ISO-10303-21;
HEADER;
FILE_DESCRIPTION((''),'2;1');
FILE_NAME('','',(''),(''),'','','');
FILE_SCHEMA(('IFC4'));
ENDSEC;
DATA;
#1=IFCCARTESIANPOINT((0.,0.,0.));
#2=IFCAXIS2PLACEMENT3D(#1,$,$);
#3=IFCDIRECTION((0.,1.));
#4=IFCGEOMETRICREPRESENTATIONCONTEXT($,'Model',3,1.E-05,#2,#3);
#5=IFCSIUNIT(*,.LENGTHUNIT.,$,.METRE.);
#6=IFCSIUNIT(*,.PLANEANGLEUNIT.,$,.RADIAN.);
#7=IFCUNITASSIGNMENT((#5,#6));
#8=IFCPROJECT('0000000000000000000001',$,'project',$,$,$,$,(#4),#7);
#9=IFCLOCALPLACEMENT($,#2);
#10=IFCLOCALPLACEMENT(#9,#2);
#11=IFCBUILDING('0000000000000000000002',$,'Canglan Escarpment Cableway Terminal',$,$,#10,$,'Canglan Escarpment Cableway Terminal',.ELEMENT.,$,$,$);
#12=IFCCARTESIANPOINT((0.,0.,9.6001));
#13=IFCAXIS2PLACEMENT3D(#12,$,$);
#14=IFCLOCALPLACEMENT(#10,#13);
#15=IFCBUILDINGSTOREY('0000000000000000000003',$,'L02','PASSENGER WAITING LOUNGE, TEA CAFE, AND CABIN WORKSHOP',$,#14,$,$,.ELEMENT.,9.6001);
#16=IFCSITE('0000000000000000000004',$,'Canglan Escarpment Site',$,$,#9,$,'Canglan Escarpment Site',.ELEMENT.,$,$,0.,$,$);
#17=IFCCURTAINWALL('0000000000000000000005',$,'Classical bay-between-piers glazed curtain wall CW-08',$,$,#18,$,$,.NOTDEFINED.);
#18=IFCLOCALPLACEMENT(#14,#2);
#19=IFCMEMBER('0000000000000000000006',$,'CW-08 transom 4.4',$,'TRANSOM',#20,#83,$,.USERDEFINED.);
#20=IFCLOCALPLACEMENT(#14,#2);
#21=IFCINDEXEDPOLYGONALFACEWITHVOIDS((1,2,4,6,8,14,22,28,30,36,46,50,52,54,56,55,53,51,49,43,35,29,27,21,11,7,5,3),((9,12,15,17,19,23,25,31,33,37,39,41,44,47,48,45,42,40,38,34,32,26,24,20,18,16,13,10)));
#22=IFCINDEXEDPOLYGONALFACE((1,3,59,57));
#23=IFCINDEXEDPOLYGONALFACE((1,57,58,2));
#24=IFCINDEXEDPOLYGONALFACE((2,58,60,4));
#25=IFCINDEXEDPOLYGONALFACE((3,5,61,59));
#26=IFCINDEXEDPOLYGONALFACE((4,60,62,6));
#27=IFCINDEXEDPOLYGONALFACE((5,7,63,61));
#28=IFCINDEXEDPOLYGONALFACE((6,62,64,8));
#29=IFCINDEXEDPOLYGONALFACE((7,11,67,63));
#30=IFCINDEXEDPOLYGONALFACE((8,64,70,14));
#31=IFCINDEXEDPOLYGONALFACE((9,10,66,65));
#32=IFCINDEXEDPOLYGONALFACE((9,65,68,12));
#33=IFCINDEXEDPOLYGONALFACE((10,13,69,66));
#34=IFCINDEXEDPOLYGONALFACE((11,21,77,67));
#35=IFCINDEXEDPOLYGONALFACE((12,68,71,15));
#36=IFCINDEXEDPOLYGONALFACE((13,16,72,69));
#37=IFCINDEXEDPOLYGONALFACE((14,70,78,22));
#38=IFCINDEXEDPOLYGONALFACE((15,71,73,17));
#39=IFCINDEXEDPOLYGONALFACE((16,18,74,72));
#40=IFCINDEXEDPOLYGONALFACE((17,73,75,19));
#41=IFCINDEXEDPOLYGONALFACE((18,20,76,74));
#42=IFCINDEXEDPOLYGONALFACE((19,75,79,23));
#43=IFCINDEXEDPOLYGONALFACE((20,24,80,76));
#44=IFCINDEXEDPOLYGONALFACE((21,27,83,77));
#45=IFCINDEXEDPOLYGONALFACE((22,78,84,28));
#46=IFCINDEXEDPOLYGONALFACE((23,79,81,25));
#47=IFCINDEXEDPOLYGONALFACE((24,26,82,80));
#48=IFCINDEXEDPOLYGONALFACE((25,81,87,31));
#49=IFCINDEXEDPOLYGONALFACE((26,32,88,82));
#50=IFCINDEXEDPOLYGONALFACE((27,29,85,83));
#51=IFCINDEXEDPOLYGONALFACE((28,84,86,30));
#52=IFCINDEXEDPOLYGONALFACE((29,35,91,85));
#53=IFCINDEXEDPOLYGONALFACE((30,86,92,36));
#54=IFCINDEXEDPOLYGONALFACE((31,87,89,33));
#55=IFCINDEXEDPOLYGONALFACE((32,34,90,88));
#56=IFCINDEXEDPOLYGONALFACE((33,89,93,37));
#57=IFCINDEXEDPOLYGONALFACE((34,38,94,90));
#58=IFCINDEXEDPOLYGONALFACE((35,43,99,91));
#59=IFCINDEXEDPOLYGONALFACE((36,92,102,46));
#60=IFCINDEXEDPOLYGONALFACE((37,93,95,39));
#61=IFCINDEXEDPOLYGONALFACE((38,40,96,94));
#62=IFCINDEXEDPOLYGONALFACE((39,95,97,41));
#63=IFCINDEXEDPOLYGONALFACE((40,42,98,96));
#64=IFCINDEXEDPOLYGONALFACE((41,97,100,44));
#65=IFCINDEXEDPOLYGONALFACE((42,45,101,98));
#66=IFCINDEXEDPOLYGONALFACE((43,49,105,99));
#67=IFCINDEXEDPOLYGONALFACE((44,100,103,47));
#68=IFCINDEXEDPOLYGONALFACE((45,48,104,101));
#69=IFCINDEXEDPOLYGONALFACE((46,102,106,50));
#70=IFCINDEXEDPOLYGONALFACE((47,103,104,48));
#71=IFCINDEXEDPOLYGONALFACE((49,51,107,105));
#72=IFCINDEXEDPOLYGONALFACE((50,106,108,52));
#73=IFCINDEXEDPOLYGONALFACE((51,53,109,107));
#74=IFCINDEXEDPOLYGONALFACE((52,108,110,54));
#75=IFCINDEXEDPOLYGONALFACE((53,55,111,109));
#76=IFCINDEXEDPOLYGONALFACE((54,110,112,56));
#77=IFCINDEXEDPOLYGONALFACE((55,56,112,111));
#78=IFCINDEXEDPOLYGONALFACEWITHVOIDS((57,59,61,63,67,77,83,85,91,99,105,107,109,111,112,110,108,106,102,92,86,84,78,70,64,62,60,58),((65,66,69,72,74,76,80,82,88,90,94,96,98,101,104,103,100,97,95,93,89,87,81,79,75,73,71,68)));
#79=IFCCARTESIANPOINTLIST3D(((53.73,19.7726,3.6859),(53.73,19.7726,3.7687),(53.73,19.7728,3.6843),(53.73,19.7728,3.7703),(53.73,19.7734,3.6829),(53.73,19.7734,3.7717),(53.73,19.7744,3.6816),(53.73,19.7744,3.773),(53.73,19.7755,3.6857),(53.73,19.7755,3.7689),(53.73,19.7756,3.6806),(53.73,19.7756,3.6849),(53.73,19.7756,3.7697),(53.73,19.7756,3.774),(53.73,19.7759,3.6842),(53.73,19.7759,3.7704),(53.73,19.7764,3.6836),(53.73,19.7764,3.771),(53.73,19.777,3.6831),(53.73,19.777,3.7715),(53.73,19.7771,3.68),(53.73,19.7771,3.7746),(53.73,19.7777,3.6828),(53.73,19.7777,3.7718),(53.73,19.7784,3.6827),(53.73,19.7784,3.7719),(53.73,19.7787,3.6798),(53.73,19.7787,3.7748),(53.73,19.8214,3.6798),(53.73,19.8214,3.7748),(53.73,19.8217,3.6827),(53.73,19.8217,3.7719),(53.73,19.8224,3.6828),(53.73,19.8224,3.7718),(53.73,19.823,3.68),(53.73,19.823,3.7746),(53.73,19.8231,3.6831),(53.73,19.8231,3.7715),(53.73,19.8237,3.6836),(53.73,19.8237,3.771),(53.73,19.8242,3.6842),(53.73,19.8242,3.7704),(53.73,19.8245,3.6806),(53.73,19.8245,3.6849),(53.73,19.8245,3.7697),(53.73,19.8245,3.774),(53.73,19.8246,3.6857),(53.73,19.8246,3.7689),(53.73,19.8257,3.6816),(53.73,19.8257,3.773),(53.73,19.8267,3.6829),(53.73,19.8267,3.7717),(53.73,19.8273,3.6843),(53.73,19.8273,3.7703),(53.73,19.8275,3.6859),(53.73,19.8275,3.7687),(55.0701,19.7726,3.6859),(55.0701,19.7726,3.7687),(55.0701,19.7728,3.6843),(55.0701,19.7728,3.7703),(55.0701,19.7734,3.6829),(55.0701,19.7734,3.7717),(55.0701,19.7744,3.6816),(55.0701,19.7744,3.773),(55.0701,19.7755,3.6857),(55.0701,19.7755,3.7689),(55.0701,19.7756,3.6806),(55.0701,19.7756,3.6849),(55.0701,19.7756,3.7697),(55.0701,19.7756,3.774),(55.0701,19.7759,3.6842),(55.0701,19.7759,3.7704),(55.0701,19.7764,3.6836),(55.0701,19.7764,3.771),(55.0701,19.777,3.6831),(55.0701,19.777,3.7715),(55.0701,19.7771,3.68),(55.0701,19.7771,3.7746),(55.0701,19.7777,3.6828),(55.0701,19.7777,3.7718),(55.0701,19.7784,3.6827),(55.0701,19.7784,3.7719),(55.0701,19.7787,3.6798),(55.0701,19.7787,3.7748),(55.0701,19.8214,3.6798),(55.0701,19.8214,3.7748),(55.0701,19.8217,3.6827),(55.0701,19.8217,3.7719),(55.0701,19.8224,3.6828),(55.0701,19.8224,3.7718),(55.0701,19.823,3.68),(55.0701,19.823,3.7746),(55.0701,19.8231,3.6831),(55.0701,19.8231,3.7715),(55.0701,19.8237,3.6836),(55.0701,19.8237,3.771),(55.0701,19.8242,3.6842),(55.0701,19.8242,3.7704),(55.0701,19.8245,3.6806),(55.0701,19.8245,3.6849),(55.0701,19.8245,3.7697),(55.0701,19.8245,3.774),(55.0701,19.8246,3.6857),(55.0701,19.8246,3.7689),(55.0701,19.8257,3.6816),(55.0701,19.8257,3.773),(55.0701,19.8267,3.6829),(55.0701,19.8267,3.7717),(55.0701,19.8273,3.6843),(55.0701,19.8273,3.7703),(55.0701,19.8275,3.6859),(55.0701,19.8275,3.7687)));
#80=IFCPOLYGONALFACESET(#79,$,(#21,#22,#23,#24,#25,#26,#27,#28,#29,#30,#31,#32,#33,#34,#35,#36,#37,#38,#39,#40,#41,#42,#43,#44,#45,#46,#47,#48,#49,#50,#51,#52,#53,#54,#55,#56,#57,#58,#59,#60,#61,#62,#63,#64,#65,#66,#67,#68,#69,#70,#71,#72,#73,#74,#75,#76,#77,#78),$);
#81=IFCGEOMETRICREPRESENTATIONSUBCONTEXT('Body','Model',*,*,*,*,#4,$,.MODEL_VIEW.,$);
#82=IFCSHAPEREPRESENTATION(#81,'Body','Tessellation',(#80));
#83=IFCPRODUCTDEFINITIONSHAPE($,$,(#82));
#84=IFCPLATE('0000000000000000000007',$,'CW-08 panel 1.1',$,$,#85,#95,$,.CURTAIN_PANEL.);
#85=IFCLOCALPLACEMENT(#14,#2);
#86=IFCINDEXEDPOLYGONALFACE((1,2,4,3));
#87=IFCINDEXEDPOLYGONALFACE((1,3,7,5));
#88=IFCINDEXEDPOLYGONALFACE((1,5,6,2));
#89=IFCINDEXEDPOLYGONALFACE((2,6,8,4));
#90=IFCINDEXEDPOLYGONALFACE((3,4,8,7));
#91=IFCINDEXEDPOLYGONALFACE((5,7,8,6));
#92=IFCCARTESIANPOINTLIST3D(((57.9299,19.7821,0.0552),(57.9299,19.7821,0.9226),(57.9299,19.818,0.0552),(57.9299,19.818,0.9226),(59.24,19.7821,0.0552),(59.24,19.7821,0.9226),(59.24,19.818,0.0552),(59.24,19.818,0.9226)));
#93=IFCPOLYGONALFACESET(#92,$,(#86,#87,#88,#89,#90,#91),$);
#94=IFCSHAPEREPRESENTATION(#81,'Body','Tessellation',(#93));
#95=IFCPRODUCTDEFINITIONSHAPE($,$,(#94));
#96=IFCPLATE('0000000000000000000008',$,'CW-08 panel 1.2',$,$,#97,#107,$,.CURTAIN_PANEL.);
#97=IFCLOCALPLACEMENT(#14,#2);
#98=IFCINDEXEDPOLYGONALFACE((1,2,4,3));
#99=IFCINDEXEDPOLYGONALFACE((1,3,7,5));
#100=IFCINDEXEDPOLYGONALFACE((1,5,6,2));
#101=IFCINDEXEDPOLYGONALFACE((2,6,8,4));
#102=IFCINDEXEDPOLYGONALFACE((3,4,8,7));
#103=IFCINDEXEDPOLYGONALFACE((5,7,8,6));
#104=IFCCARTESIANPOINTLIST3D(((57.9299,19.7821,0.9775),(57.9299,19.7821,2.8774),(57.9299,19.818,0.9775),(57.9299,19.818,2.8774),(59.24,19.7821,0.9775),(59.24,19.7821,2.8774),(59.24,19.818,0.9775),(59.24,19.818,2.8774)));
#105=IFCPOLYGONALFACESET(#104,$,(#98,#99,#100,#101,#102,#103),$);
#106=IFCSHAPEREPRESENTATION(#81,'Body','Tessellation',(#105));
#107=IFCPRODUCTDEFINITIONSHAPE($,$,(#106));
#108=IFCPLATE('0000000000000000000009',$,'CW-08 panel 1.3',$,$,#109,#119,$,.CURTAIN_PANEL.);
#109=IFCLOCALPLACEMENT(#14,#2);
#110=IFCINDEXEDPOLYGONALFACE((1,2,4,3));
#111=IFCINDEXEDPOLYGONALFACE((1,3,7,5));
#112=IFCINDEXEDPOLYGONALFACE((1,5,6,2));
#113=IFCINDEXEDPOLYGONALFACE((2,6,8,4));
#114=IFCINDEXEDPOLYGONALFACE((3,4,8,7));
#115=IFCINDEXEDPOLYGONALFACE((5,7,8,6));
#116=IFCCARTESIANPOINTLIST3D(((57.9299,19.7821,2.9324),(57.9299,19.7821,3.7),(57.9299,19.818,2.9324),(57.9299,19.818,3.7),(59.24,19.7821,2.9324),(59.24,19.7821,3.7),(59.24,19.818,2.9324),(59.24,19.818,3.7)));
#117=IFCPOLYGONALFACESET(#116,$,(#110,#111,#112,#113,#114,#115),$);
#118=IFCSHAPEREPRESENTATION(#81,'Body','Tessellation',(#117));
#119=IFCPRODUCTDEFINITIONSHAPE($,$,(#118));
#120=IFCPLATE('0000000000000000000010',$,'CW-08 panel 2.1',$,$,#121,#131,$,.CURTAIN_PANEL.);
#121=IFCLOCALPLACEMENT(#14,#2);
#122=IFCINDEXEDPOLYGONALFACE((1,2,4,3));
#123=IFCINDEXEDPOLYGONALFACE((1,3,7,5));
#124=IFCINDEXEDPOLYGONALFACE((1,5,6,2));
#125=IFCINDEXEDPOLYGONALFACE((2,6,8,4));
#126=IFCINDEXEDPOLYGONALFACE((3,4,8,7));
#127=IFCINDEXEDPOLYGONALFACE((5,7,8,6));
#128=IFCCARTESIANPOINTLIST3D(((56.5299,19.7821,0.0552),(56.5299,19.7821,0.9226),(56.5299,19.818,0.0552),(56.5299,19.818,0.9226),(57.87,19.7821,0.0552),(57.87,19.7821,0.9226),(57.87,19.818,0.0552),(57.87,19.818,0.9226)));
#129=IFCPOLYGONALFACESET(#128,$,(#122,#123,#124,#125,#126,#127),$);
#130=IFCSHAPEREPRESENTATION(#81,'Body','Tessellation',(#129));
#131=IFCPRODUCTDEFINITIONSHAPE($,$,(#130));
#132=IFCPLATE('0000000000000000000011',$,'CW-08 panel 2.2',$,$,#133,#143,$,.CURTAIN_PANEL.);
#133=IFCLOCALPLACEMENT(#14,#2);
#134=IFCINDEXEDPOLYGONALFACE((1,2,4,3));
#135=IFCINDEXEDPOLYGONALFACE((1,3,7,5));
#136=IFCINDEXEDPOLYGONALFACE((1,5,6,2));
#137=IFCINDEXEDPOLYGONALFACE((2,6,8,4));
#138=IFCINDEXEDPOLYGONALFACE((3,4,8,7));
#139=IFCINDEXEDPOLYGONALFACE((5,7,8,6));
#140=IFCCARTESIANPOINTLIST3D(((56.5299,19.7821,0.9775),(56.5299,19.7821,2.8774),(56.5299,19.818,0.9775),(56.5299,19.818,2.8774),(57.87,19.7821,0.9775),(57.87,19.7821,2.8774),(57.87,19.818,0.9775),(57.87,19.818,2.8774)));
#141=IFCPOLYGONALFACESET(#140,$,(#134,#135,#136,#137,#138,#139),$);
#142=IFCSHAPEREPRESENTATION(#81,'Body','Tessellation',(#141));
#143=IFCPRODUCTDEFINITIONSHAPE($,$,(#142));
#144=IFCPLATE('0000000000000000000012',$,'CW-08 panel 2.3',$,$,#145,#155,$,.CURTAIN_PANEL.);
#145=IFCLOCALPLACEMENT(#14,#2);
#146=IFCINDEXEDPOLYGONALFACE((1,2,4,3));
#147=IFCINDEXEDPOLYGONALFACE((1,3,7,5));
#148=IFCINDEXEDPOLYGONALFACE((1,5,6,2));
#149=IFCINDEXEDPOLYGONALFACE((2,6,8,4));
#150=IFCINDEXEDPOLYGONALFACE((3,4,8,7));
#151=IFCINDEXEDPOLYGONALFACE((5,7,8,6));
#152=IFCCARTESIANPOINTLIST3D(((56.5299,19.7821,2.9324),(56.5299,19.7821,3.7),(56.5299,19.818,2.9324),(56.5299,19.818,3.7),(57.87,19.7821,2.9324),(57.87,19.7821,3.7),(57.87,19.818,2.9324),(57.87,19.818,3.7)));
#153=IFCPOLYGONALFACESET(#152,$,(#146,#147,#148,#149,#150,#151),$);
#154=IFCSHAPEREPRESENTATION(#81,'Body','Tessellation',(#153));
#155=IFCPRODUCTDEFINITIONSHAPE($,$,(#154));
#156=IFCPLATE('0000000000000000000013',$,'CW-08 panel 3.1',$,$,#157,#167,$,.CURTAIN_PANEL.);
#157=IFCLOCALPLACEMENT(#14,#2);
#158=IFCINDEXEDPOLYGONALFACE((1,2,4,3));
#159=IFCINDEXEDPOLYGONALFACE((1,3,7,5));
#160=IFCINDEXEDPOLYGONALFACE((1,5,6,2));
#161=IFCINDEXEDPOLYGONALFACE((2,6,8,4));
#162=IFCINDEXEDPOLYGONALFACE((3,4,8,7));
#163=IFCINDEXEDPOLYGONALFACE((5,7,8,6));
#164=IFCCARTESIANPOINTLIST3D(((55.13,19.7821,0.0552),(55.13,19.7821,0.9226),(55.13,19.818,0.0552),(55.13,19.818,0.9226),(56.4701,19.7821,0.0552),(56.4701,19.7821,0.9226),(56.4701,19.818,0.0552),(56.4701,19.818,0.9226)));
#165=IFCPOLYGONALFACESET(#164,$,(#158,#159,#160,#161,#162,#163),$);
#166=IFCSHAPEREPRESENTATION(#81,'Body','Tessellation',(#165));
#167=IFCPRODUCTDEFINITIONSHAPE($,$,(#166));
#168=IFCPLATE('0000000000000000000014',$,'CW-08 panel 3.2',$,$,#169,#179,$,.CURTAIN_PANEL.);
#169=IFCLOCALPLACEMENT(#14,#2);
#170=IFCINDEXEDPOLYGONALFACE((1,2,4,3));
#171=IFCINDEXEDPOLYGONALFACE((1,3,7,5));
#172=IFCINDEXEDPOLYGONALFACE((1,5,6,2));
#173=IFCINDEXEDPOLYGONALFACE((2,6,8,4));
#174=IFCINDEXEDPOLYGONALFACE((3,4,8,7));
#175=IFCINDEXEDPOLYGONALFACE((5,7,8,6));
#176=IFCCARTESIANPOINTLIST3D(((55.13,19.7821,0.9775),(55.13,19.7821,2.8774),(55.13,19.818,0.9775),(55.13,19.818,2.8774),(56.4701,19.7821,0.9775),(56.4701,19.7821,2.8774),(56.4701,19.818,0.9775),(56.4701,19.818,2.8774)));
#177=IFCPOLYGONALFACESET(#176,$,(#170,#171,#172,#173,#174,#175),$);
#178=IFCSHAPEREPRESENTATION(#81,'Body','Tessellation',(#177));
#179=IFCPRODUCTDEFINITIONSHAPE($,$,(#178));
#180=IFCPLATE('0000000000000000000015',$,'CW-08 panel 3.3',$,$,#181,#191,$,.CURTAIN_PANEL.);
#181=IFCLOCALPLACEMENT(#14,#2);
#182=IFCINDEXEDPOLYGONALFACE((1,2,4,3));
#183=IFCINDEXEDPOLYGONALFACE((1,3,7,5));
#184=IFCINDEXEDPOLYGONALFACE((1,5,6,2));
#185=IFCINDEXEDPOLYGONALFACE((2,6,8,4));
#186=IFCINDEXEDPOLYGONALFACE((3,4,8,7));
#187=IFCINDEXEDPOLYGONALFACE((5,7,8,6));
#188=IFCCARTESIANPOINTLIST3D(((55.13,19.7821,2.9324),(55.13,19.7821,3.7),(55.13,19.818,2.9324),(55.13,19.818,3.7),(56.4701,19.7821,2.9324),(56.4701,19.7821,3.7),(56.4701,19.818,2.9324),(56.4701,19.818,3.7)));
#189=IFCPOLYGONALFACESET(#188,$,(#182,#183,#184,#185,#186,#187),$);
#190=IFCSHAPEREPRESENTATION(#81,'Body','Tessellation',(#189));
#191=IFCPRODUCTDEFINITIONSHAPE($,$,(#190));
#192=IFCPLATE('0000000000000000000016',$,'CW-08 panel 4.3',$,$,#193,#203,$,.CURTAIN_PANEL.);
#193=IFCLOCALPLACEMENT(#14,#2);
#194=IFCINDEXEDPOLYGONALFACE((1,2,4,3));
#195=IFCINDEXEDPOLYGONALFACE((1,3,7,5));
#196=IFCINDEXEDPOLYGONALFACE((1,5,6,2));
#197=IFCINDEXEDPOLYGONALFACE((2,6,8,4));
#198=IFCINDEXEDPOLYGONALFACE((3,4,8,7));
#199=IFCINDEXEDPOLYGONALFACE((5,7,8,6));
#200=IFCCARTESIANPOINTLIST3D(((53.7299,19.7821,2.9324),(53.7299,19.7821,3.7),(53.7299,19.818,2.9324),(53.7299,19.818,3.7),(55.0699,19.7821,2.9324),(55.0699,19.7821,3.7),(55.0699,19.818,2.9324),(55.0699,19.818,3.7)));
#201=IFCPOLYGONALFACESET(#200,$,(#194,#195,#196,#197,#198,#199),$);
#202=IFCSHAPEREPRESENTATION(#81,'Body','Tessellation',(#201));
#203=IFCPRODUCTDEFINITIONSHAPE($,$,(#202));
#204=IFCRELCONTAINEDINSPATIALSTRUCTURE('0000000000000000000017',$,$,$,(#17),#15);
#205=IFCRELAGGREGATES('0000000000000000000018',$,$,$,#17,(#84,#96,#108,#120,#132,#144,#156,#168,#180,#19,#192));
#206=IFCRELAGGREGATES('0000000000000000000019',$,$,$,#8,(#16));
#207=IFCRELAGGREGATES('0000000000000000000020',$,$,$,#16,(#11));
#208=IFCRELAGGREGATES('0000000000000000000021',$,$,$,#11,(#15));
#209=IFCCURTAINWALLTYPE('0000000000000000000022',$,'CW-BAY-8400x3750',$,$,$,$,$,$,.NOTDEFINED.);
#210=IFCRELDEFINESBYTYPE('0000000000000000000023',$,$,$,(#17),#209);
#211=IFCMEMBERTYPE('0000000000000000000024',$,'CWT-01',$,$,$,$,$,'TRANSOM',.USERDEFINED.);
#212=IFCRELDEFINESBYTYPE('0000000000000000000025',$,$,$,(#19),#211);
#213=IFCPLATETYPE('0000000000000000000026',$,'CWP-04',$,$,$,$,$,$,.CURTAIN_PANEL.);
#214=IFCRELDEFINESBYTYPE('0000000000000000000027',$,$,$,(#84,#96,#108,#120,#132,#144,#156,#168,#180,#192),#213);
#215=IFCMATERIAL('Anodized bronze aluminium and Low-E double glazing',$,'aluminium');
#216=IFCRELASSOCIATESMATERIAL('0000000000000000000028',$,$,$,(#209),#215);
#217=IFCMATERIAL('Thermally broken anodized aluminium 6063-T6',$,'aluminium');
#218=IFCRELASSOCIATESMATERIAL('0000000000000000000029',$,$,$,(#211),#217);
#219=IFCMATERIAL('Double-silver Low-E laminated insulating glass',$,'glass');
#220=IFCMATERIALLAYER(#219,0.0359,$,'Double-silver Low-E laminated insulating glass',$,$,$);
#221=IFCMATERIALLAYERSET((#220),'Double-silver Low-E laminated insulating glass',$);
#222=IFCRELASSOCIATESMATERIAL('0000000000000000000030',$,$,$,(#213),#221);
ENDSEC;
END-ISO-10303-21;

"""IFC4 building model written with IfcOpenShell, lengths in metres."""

from ifc_helpers import new_model, si_unit, direction, frame, origin, origin_2d, place, context, subcontext, project, spatial, rectangle, hollow_rectangle, extrude, material, layer, layer_set, material_profile, profile_set, type_object, element, aggregate, save


model = new_model("IFC4")

# Units and contexts
model_context = context("Model", 3, precision=1e-05, world=origin(), true_north=direction((0.0, 1.0)))
body_context = subcontext(model_context, "Body", "Model", "MODEL_VIEW")
ifc_project = project(units=[si_unit("LENGTHUNIT", "METRE"), si_unit("PLANEANGLEUNIT", "RADIAN")], contexts=[model_context])

# Site, building, storey
site_placement = place(None, origin())
site = spatial("IfcSite", under=ifc_project, at=site_placement, Name="Canglan Escarpment Site", LongName="Canglan Escarpment Site", CompositionType="ELEMENT", RefElevation=0.0)
building_placement = place(site_placement, origin())
building = spatial("IfcBuilding", under=site, at=building_placement, Name="Canglan Escarpment Cableway Terminal", LongName="Canglan Escarpment Cableway Terminal", CompositionType="ELEMENT")
storey_placement = place(building_placement, frame((0.0, 0.0, 9.6001)))
storey = spatial("IfcBuildingStorey", under=building, at=storey_placement, Name="L02", Description="PASSENGER WAITING LOUNGE, TEA CAFE, AND CABIN WORKSHOP", CompositionType="ELEMENT", Elevation=9.6001)

# Curtain wall, member, plates
ifc_material_1 = material(Name="Anodized bronze aluminium and Low-E double glazing", Category="aluminium")
curtain_wall_type = type_object("IfcCurtainWallType", Name="CW-BAY-8400x3750", PredefinedType="NOTDEFINED", material=ifc_material_1)
curtain_wall_placement = place(storey_placement, origin())
curtain_wall = element("IfcCurtainWall", 1, at=curtain_wall_placement, inside=storey, type_object=curtain_wall_type, Name="Classical bay-between-piers glazed curtain wall CW-08", PredefinedType="NOTDEFINED")
ifc_material_2 = material(Name="Thermally broken anodized aluminium 6063-T6", Category="aluminium")
ifc_material_profile_1 = material_profile(ifc_material_2, hollow_rectangle(XDim=0.0549, YDim=0.095, WallThickness=0.0029, InnerFilletRadius=0.0029, OuterFilletRadius=0.0061, at=origin_2d()), Name="ALU-TRAN 55x95x3")
ifc_profile_set_1 = profile_set([ifc_material_profile_1], Name="Thermally broken anodized aluminium 6063-T6")
member_type_1 = type_object("IfcMemberType", Name="CWT-01", ElementType="TRANSOM", PredefinedType="USERDEFINED", material=ifc_profile_set_1)
member_1_placement = place(storey_placement, frame((55.0701, 19.8, 3.7273), z_axis=(-1.0, 0.0, 0.0), x_axis=(0.0, -1.0, 0.0)))
member_1 = element("IfcMember", 2, at=member_1_placement, type_object=member_type_1, Name="CW-08 transom 4.4", ObjectType="TRANSOM", PredefinedType="USERDEFINED", context=body_context, shape_type="SweptSolid", body=[
    extrude(hollow_rectangle(XDim=0.0549, YDim=0.095, WallThickness=0.0029, InnerFilletRadius=0.0029, OuterFilletRadius=0.0061, at=origin_2d()), origin(), (0.0, 0.0, 1.0), 1.3401),
])
ifc_material_3 = material(Name="Double-silver Low-E laminated insulating glass", Category="glass")
ifc_layer_1 = layer(ifc_material_3, 0.0359, Name="Double-silver Low-E laminated insulating glass")
ifc_layer_set_1 = layer_set([ifc_layer_1], Name="Double-silver Low-E laminated insulating glass")
plate_type = type_object("IfcPlateType", Name="CWP-04", PredefinedType="CURTAIN_PANEL", material=ifc_layer_set_1)
plate_1_placement = place(storey_placement, frame((58.585, 19.8, 0.0552), z_axis=(0.0, 0.0, 1.0), x_axis=(-1.0, 0.0, 0.0)))
plate_1 = element("IfcPlate", 3, at=plate_1_placement, type_object=plate_type, Name="CW-08 panel 1.1", PredefinedType="CURTAIN_PANEL", context=body_context, shape_type="SweptSolid", body=[
    extrude(rectangle(XDim=1.3101, YDim=0.0359, at=origin_2d()), origin(), (0.0, 0.0, 1.0), 0.8674),
])
plate_2_placement = place(storey_placement, frame((58.585, 19.8, 0.9775), z_axis=(0.0, 0.0, 1.0), x_axis=(-1.0, 0.0, 0.0)))
plate_2 = element("IfcPlate", 4, at=plate_2_placement, type_object=plate_type, Name="CW-08 panel 1.2", PredefinedType="CURTAIN_PANEL", context=body_context, shape_type="SweptSolid", body=[
    extrude(rectangle(XDim=1.3101, YDim=0.0359, at=origin_2d()), origin(), (0.0, 0.0, 1.0), 1.8999),
])
plate_3_placement = place(storey_placement, frame((58.585, 19.8, 2.9324), z_axis=(0.0, 0.0, 1.0), x_axis=(-1.0, 0.0, 0.0)))
plate_3 = element("IfcPlate", 5, at=plate_3_placement, type_object=plate_type, Name="CW-08 panel 1.3", PredefinedType="CURTAIN_PANEL", context=body_context, shape_type="SweptSolid", body=[
    extrude(rectangle(XDim=1.3101, YDim=0.0359, at=origin_2d()), origin(), (0.0, 0.0, 1.0), 0.7676),
])
plate_4_placement = place(storey_placement, frame((57.2, 19.8, 0.0552), z_axis=(0.0, 0.0, 1.0), x_axis=(-1.0, 0.0, 0.0)))
plate_4 = element("IfcPlate", 6, at=plate_4_placement, type_object=plate_type, Name="CW-08 panel 2.1", PredefinedType="CURTAIN_PANEL", context=body_context, shape_type="SweptSolid", body=[
    extrude(rectangle(XDim=1.3401, YDim=0.0359, at=origin_2d()), origin(), (0.0, 0.0, 1.0), 0.8674),
])
plate_5_placement = place(storey_placement, frame((57.2, 19.8, 0.9775), z_axis=(0.0, 0.0, 1.0), x_axis=(-1.0, 0.0, 0.0)))
plate_5 = element("IfcPlate", 7, at=plate_5_placement, type_object=plate_type, Name="CW-08 panel 2.2", PredefinedType="CURTAIN_PANEL", context=body_context, shape_type="SweptSolid", body=[
    extrude(rectangle(XDim=1.3401, YDim=0.0359, at=origin_2d()), origin(), (0.0, 0.0, 1.0), 1.8999),
])
plate_6_placement = place(storey_placement, frame((57.2, 19.8, 2.9324), z_axis=(0.0, 0.0, 1.0), x_axis=(-1.0, 0.0, 0.0)))
plate_6 = element("IfcPlate", 8, at=plate_6_placement, type_object=plate_type, Name="CW-08 panel 2.3", PredefinedType="CURTAIN_PANEL", context=body_context, shape_type="SweptSolid", body=[
    extrude(rectangle(XDim=1.3401, YDim=0.0359, at=origin_2d()), origin(), (0.0, 0.0, 1.0), 0.7676),
])
plate_7_placement = place(storey_placement, frame((55.8, 19.8, 0.0552), z_axis=(0.0, 0.0, 1.0), x_axis=(-1.0, 0.0, 0.0)))
plate_7 = element("IfcPlate", 9, at=plate_7_placement, type_object=plate_type, Name="CW-08 panel 3.1", PredefinedType="CURTAIN_PANEL", context=body_context, shape_type="SweptSolid", body=[
    extrude(rectangle(XDim=1.3401, YDim=0.0359, at=origin_2d()), origin(), (0.0, 0.0, 1.0), 0.8674),
])
plate_8_placement = place(storey_placement, frame((55.8, 19.8, 0.9775), z_axis=(0.0, 0.0, 1.0), x_axis=(-1.0, 0.0, 0.0)))
plate_8 = element("IfcPlate", 10, at=plate_8_placement, type_object=plate_type, Name="CW-08 panel 3.2", PredefinedType="CURTAIN_PANEL", context=body_context, shape_type="SweptSolid", body=[
    extrude(rectangle(XDim=1.3401, YDim=0.0359, at=origin_2d()), origin(), (0.0, 0.0, 1.0), 1.8999),
])
plate_9_placement = place(storey_placement, frame((55.8, 19.8, 2.9324), z_axis=(0.0, 0.0, 1.0), x_axis=(-1.0, 0.0, 0.0)))
plate_9 = element("IfcPlate", 11, at=plate_9_placement, type_object=plate_type, Name="CW-08 panel 3.3", PredefinedType="CURTAIN_PANEL", context=body_context, shape_type="SweptSolid", body=[
    extrude(rectangle(XDim=1.3401, YDim=0.0359, at=origin_2d()), origin(), (0.0, 0.0, 1.0), 0.7676),
])
plate_10_placement = place(storey_placement, frame((54.3999, 19.8, 2.9324), z_axis=(0.0, 0.0, 1.0), x_axis=(-1.0, 0.0, 0.0)))
plate_10 = element("IfcPlate", 12, at=plate_10_placement, type_object=plate_type, Name="CW-08 panel 4.3", PredefinedType="CURTAIN_PANEL", context=body_context, shape_type="SweptSolid", body=[
    extrude(rectangle(XDim=1.3401, YDim=0.0359, at=origin_2d()), origin(), (0.0, 0.0, 1.0), 0.7676),
])
aggregate(curtain_wall, [plate_1, plate_2, plate_3, plate_4, plate_5, plate_6, plate_7, plate_8, plate_9, member_1, plate_10])

save(model, "model.ifc")
